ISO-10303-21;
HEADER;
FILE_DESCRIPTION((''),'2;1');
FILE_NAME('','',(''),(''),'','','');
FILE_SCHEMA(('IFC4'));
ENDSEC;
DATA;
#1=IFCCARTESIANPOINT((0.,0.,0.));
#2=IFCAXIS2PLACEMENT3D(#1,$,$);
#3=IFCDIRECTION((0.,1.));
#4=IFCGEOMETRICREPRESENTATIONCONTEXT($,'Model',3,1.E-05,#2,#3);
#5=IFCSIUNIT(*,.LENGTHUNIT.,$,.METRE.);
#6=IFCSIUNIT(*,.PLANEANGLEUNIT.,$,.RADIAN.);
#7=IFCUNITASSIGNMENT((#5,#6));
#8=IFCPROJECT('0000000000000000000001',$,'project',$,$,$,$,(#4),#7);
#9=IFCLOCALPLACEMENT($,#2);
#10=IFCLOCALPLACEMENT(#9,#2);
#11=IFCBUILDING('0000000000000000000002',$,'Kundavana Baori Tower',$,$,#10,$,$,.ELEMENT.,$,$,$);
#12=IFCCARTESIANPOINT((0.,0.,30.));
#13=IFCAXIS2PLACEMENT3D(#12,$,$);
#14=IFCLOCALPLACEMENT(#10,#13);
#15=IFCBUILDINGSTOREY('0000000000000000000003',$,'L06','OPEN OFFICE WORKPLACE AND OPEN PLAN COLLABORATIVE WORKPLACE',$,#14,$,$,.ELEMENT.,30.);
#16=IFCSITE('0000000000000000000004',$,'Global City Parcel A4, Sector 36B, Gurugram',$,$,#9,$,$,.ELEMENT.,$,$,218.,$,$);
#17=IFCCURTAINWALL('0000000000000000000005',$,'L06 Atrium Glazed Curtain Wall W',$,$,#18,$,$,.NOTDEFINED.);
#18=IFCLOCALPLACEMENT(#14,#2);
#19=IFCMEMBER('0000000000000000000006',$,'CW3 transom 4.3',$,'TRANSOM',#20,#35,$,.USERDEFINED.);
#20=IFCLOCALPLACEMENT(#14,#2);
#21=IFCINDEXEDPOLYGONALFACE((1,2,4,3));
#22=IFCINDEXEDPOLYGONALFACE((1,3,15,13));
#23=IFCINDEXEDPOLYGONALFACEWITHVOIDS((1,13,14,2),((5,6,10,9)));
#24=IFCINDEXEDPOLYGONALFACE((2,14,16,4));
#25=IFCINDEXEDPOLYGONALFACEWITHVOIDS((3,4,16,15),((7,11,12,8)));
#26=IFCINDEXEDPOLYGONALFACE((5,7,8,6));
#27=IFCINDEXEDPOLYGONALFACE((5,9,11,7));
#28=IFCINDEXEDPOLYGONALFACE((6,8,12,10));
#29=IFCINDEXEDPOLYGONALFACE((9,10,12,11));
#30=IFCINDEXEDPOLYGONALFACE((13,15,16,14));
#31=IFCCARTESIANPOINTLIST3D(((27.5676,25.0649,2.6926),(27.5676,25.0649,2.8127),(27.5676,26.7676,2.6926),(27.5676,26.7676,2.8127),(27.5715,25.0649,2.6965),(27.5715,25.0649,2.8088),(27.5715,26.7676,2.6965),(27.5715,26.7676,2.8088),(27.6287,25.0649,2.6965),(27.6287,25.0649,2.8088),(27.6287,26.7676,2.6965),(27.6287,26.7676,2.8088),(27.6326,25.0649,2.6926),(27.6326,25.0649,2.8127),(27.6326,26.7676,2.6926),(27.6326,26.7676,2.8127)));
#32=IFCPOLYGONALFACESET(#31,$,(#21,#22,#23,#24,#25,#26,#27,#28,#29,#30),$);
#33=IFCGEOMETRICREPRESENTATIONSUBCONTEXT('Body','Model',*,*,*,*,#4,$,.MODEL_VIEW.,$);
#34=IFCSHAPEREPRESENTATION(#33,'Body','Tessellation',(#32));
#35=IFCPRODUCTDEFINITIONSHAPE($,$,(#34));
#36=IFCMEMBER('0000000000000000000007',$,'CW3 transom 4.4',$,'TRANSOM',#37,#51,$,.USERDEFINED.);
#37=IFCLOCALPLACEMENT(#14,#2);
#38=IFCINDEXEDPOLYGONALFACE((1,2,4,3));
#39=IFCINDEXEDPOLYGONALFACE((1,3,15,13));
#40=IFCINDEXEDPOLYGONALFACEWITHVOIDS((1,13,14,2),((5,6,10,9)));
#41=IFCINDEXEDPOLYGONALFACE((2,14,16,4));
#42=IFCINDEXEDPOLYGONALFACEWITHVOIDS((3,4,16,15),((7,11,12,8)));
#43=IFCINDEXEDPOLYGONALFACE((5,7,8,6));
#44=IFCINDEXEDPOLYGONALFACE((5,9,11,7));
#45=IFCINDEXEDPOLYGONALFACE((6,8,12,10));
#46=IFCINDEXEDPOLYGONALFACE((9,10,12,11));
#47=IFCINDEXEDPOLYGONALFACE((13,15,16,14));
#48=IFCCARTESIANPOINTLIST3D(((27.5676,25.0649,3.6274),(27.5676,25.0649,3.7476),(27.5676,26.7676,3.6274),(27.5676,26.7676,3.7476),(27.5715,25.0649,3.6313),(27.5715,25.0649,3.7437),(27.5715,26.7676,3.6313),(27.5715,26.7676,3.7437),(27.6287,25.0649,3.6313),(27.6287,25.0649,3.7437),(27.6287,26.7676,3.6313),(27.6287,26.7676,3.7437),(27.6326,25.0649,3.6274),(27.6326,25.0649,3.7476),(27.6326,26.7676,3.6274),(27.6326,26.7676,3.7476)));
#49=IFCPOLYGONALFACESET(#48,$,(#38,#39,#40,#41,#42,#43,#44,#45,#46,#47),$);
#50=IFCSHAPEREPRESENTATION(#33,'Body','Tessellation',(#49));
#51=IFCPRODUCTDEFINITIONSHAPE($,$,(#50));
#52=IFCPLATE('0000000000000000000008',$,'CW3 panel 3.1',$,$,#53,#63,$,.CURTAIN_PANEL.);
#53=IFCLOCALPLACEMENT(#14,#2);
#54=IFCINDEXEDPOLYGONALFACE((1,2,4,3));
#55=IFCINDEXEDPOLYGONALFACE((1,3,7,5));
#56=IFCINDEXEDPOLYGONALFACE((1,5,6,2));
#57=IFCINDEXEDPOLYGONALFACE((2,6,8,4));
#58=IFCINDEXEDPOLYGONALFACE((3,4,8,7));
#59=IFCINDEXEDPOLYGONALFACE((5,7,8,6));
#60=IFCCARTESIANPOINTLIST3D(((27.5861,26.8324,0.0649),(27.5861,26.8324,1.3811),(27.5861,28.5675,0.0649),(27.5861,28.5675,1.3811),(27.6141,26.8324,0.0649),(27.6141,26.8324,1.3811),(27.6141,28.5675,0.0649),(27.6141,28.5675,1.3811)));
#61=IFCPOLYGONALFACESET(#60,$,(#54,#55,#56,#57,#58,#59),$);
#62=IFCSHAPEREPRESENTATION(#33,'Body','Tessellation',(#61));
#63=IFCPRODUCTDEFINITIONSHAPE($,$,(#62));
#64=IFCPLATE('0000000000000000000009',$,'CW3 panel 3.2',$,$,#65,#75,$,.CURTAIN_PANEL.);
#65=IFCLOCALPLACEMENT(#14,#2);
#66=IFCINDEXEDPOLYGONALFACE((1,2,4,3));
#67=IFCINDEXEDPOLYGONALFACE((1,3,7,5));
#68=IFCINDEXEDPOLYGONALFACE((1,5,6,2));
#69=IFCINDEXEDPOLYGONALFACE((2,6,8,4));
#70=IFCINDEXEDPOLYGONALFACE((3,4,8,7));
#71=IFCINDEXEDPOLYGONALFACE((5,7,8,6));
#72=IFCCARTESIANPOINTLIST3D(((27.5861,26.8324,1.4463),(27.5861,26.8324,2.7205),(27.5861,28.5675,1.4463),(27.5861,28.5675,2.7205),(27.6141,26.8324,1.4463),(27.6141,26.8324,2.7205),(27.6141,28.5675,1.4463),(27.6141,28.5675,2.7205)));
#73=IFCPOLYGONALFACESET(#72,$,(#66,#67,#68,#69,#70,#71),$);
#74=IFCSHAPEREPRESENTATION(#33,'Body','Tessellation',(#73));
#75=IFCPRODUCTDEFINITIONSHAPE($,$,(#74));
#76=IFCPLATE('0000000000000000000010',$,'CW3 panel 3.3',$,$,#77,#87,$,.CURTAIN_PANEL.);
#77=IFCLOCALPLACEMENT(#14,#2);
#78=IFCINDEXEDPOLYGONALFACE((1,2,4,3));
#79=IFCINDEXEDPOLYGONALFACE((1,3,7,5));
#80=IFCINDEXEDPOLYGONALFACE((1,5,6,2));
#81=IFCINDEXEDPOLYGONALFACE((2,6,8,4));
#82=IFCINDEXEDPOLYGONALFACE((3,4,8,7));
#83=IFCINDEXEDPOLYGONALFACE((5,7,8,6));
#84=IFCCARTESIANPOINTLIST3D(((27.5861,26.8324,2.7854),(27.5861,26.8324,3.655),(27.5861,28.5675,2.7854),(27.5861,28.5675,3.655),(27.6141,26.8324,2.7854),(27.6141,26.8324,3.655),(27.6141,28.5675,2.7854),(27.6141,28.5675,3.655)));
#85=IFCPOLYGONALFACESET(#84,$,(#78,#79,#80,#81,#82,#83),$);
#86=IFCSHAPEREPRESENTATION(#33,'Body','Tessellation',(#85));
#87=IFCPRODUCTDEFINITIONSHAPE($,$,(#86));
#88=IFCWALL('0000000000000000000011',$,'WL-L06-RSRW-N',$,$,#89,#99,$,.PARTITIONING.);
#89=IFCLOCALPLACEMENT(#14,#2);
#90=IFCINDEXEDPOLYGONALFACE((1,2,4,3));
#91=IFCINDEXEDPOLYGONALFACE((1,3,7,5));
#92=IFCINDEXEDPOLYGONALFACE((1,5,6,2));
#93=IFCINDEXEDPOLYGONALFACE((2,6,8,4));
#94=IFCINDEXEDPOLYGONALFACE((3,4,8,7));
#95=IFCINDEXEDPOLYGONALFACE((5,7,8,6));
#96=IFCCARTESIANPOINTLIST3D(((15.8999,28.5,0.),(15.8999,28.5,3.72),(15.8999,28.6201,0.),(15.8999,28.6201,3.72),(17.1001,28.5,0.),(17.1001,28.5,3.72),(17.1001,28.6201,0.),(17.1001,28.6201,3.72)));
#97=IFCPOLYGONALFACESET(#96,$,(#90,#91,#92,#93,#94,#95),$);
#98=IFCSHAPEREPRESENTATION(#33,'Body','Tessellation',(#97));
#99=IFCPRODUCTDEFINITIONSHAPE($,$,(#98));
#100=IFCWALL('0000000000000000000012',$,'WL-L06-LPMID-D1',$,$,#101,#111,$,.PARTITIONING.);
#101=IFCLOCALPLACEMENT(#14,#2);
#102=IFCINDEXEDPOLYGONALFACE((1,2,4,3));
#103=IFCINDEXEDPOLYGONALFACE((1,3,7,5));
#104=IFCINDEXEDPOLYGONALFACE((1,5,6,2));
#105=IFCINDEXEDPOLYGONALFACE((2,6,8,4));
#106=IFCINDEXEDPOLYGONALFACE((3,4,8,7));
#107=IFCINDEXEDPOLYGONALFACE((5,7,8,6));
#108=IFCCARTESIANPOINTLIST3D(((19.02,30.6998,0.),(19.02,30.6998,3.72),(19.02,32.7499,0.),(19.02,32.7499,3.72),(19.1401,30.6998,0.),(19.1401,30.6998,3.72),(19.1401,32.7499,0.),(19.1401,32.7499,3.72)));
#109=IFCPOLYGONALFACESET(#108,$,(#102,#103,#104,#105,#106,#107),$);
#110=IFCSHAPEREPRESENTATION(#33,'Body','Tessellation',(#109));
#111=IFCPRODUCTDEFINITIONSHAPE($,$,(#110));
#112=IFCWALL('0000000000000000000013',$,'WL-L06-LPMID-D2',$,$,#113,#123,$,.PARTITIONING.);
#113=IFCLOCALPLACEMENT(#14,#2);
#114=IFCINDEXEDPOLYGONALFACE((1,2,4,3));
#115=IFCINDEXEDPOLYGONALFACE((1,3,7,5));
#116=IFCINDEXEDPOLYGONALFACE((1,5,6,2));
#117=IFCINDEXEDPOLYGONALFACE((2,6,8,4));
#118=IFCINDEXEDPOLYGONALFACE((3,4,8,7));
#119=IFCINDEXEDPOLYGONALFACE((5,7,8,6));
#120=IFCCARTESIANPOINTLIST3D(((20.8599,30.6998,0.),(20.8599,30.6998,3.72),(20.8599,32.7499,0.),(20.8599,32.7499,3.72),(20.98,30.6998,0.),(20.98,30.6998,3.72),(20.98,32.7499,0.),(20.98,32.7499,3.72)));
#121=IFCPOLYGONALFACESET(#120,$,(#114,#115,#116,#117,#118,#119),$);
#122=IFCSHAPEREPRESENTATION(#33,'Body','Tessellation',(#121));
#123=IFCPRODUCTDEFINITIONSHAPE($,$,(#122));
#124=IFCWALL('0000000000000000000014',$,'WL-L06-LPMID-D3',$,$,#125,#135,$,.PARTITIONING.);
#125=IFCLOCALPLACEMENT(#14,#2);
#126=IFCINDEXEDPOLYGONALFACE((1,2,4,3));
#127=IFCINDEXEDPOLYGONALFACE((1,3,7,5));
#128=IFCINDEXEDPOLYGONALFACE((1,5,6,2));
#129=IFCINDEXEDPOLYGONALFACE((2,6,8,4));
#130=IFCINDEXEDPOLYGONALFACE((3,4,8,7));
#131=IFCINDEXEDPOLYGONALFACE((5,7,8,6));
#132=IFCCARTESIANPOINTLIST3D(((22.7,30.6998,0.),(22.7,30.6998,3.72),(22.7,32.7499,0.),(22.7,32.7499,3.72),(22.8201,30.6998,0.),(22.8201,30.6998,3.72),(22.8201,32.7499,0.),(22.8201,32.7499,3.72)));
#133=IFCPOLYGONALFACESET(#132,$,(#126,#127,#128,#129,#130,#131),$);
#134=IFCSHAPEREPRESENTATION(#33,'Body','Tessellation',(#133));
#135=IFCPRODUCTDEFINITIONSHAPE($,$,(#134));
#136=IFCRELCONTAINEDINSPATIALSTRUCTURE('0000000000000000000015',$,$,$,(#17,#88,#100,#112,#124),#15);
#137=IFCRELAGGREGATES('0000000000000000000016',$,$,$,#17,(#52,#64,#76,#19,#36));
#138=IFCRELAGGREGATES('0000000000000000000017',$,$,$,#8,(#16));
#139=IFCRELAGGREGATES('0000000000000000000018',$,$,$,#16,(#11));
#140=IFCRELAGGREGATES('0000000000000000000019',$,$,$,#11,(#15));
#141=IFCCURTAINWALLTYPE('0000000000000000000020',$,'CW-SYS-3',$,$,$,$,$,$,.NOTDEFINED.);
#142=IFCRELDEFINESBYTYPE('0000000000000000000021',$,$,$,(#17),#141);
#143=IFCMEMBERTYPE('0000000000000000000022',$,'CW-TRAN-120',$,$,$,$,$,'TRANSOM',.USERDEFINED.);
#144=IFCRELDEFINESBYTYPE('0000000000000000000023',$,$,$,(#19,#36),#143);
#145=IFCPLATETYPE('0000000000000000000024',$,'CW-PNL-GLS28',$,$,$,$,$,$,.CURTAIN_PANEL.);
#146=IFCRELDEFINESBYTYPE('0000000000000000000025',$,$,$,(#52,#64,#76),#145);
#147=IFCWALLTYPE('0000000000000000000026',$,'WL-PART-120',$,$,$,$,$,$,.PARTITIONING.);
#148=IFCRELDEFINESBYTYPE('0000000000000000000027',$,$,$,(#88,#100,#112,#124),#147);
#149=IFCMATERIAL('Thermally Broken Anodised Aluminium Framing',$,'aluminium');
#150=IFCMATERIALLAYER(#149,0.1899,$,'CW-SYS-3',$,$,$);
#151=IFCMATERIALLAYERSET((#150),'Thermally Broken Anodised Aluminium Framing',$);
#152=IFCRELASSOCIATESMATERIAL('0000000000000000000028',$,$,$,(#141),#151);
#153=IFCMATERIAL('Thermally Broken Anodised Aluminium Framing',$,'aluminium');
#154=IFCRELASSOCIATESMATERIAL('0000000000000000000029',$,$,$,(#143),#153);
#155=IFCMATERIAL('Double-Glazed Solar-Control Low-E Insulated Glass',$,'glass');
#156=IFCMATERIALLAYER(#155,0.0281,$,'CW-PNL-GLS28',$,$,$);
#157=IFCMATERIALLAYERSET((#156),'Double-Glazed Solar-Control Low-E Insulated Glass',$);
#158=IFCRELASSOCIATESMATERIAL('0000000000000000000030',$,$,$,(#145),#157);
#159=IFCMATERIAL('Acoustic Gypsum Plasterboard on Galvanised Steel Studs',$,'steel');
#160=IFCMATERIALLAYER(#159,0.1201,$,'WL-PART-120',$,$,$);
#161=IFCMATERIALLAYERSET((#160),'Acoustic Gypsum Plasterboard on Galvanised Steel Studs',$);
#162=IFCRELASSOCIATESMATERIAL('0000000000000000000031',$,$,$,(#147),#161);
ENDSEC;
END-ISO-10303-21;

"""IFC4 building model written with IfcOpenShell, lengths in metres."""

from ifc_helpers import new_model, si_unit, direction, frame, frame_2d, origin, origin_2d, place, context, subcontext, project, spatial, rectangle, hollow_rectangle, extrude, material, layer, layer_set, material_profile, profile_set, type_object, element, aggregate, save


model = new_model("IFC4")

# Units and contexts
model_context = context("Model", 3, precision=1e-05, world=origin(), true_north=direction((0.0, 1.0)))
body_context = subcontext(model_context, "Body", "Model", "MODEL_VIEW")
ifc_project = project(units=[si_unit("LENGTHUNIT", "METRE"), si_unit("PLANEANGLEUNIT", "RADIAN")], contexts=[model_context])

# Site, building, storey
site_placement = place(None, origin())
site = spatial("IfcSite", under=ifc_project, at=site_placement, Name="Global City Parcel A4, Sector 36B, Gurugram", CompositionType="ELEMENT", RefElevation=218.0)
building_placement = place(site_placement, origin())
building = spatial("IfcBuilding", under=site, at=building_placement, Name="Kundavana Baori Tower", CompositionType="ELEMENT")
storey_placement = place(building_placement, frame((0.0, 0.0, 30.0)))
storey = spatial("IfcBuildingStorey", under=building, at=storey_placement, Name="L06", Description="OPEN OFFICE WORKPLACE AND OPEN PLAN COLLABORATIVE WORKPLACE", CompositionType="ELEMENT", Elevation=30.0)

# Curtain wall, members, plates
ifc_material_1 = material(Name="Thermally Broken Anodised Aluminium Framing", Category="aluminium")
ifc_layer_1 = layer(ifc_material_1, 0.1899, Name="CW-SYS-3")
ifc_layer_set_1 = layer_set([ifc_layer_1], Name="Thermally Broken Anodised Aluminium Framing")
curtain_wall_type = type_object("IfcCurtainWallType", Name="CW-SYS-3", PredefinedType="NOTDEFINED", material=ifc_layer_set_1)
curtain_wall_placement = place(storey_placement, origin())
curtain_wall = element("IfcCurtainWall", 1, at=curtain_wall_placement, inside=storey, type_object=curtain_wall_type, Name="L06 Atrium Glazed Curtain Wall W", PredefinedType="NOTDEFINED")
ifc_material_2 = material(Name="Thermally Broken Anodised Aluminium Framing", Category="aluminium")
ifc_material_profile_1 = material_profile(ifc_material_2, hollow_rectangle(XDim=0.0649, YDim=0.1201, WallThickness=0.0039, at=origin_2d()), Name="CW-TRAN-120")
ifc_profile_set_1 = profile_set([ifc_material_profile_1], Name="Thermally Broken Anodised Aluminium Framing")
member_type_1 = type_object("IfcMemberType", Name="CW-TRAN-120", ElementType="TRANSOM", PredefinedType="USERDEFINED", material=ifc_profile_set_1)
member_1_placement = place(storey_placement, frame((27.6001, 26.7676, 2.7527), z_axis=(0.0, -1.0, 0.0), x_axis=(1.0, 0.0, 0.0)))
member_1 = element("IfcMember", 2, at=member_1_placement, type_object=member_type_1, Name="CW3 transom 4.3", ObjectType="TRANSOM", PredefinedType="USERDEFINED", context=body_context, shape_type="SweptSolid", body=[
    extrude(hollow_rectangle(XDim=0.0649, YDim=0.1201, WallThickness=0.0039, at=origin_2d()), origin(), (0.0, 0.0, 1.0), 1.7026),
])
member_2_placement = place(storey_placement, frame((27.6001, 26.7676, 3.6875), z_axis=(0.0, -1.0, 0.0), x_axis=(1.0, 0.0, 0.0)))
member_2 = element("IfcMember", 3, at=member_2_placement, type_object=member_type_1, Name="CW3 transom 4.4", ObjectType="TRANSOM", PredefinedType="USERDEFINED", context=body_context, shape_type="SweptSolid", body=[
    extrude(hollow_rectangle(XDim=0.0649, YDim=0.1201, WallThickness=0.0039, at=origin_2d()), origin(), (0.0, 0.0, 1.0), 1.7026),
])
ifc_material_3 = material(Name="Double-Glazed Solar-Control Low-E Insulated Glass", Category="glass")
ifc_layer_2 = layer(ifc_material_3, 0.0281, Name="CW-PNL-GLS28")
ifc_layer_set_2 = layer_set([ifc_layer_2], Name="Double-Glazed Solar-Control Low-E Insulated Glass")
plate_type = type_object("IfcPlateType", Name="CW-PNL-GLS28", PredefinedType="CURTAIN_PANEL", material=ifc_layer_set_2)
plate_1_placement = place(storey_placement, frame((27.6001, 27.7, 0.0649), z_axis=(0.0, 0.0, 1.0), x_axis=(0.0, -1.0, 0.0)))
plate_1 = element("IfcPlate", 4, at=plate_1_placement, type_object=plate_type, Name="CW3 panel 3.1", PredefinedType="CURTAIN_PANEL", context=body_context, shape_type="SweptSolid", body=[
    extrude(rectangle(XDim=1.7351, YDim=0.0281, at=origin_2d()), origin(), (0.0, 0.0, 1.0), 1.3162),
])
plate_2_placement = place(storey_placement, frame((27.6001, 27.7, 1.4463), z_axis=(0.0, 0.0, 1.0), x_axis=(0.0, -1.0, 0.0)))
plate_2 = element("IfcPlate", 5, at=plate_2_placement, type_object=plate_type, Name="CW3 panel 3.2", PredefinedType="CURTAIN_PANEL", context=body_context, shape_type="SweptSolid", body=[
    extrude(rectangle(XDim=1.7351, YDim=0.0281, at=origin_2d()), origin(), (0.0, 0.0, 1.0), 1.2742),
])
plate_3_placement = place(storey_placement, frame((27.6001, 27.7, 2.7854), z_axis=(0.0, 0.0, 1.0), x_axis=(0.0, -1.0, 0.0)))
plate_3 = element("IfcPlate", 6, at=plate_3_placement, type_object=plate_type, Name="CW3 panel 3.3", PredefinedType="CURTAIN_PANEL", context=body_context, shape_type="SweptSolid", body=[
    extrude(rectangle(XDim=1.7351, YDim=0.0281, at=origin_2d()), origin(), (0.0, 0.0, 1.0), 0.8696),
])
aggregate(curtain_wall, [plate_1, plate_2, plate_3, member_1, member_2])

# Walls
ifc_material_4 = material(Name="Acoustic Gypsum Plasterboard on Galvanised Steel Studs", Category="steel")
ifc_layer_3 = layer(ifc_material_4, 0.1201, Name="WL-PART-120")
ifc_layer_set_3 = layer_set([ifc_layer_3], Name="Acoustic Gypsum Plasterboard on Galvanised Steel Studs")
wall_type_1 = type_object("IfcWallType", Name="WL-PART-120", PredefinedType="PARTITIONING", material=ifc_layer_set_3)
wall_1_placement = place(storey_placement, frame((15.8999, 28.5601, 0.0), z_axis=(0.0, 0.0, 1.0), x_axis=(1.0, 0.0, 0.0)))
element("IfcWall", 7, at=wall_1_placement, inside=storey, type_object=wall_type_1, Name="WL-L06-RSRW-N", PredefinedType="PARTITIONING", context=body_context, shape_type="SweptSolid", body=[
    extrude(rectangle(XDim=1.2002, YDim=0.1201, at=frame_2d((0.6001, 0.0))), origin(), (0.0, 0.0, 1.0), 3.72),
])
for number, where, z_axis, x_axis, name in (
    (8, (19.0801, 30.7, 0.0), (0.0, 0.0, 1.0), (0.0, 1.0, 0.0), "WL-L06-LPMID-D1"),
    (9, (20.9199, 30.7, 0.0), (0.0, 0.0, 1.0), (0.0, 1.0, 0.0), "WL-L06-LPMID-D2"),
    (10, (22.76, 30.7, 0.0), (0.0, 0.0, 1.0), (0.0, 1.0, 0.0), "WL-L06-LPMID-D3"),
):
    element("IfcWall", number, at=place(storey_placement, frame(where, z_axis=z_axis, x_axis=x_axis)), inside=storey, type_object=wall_type_1, Name=name, PredefinedType="PARTITIONING", context=body_context, shape_type="SweptSolid", body=[
        extrude(rectangle(XDim=2.05, YDim=0.1201, at=frame_2d((1.0249, 0.0))), origin(), (0.0, 0.0, 1.0), 3.72),
    ])

save(model, "model.ifc")
